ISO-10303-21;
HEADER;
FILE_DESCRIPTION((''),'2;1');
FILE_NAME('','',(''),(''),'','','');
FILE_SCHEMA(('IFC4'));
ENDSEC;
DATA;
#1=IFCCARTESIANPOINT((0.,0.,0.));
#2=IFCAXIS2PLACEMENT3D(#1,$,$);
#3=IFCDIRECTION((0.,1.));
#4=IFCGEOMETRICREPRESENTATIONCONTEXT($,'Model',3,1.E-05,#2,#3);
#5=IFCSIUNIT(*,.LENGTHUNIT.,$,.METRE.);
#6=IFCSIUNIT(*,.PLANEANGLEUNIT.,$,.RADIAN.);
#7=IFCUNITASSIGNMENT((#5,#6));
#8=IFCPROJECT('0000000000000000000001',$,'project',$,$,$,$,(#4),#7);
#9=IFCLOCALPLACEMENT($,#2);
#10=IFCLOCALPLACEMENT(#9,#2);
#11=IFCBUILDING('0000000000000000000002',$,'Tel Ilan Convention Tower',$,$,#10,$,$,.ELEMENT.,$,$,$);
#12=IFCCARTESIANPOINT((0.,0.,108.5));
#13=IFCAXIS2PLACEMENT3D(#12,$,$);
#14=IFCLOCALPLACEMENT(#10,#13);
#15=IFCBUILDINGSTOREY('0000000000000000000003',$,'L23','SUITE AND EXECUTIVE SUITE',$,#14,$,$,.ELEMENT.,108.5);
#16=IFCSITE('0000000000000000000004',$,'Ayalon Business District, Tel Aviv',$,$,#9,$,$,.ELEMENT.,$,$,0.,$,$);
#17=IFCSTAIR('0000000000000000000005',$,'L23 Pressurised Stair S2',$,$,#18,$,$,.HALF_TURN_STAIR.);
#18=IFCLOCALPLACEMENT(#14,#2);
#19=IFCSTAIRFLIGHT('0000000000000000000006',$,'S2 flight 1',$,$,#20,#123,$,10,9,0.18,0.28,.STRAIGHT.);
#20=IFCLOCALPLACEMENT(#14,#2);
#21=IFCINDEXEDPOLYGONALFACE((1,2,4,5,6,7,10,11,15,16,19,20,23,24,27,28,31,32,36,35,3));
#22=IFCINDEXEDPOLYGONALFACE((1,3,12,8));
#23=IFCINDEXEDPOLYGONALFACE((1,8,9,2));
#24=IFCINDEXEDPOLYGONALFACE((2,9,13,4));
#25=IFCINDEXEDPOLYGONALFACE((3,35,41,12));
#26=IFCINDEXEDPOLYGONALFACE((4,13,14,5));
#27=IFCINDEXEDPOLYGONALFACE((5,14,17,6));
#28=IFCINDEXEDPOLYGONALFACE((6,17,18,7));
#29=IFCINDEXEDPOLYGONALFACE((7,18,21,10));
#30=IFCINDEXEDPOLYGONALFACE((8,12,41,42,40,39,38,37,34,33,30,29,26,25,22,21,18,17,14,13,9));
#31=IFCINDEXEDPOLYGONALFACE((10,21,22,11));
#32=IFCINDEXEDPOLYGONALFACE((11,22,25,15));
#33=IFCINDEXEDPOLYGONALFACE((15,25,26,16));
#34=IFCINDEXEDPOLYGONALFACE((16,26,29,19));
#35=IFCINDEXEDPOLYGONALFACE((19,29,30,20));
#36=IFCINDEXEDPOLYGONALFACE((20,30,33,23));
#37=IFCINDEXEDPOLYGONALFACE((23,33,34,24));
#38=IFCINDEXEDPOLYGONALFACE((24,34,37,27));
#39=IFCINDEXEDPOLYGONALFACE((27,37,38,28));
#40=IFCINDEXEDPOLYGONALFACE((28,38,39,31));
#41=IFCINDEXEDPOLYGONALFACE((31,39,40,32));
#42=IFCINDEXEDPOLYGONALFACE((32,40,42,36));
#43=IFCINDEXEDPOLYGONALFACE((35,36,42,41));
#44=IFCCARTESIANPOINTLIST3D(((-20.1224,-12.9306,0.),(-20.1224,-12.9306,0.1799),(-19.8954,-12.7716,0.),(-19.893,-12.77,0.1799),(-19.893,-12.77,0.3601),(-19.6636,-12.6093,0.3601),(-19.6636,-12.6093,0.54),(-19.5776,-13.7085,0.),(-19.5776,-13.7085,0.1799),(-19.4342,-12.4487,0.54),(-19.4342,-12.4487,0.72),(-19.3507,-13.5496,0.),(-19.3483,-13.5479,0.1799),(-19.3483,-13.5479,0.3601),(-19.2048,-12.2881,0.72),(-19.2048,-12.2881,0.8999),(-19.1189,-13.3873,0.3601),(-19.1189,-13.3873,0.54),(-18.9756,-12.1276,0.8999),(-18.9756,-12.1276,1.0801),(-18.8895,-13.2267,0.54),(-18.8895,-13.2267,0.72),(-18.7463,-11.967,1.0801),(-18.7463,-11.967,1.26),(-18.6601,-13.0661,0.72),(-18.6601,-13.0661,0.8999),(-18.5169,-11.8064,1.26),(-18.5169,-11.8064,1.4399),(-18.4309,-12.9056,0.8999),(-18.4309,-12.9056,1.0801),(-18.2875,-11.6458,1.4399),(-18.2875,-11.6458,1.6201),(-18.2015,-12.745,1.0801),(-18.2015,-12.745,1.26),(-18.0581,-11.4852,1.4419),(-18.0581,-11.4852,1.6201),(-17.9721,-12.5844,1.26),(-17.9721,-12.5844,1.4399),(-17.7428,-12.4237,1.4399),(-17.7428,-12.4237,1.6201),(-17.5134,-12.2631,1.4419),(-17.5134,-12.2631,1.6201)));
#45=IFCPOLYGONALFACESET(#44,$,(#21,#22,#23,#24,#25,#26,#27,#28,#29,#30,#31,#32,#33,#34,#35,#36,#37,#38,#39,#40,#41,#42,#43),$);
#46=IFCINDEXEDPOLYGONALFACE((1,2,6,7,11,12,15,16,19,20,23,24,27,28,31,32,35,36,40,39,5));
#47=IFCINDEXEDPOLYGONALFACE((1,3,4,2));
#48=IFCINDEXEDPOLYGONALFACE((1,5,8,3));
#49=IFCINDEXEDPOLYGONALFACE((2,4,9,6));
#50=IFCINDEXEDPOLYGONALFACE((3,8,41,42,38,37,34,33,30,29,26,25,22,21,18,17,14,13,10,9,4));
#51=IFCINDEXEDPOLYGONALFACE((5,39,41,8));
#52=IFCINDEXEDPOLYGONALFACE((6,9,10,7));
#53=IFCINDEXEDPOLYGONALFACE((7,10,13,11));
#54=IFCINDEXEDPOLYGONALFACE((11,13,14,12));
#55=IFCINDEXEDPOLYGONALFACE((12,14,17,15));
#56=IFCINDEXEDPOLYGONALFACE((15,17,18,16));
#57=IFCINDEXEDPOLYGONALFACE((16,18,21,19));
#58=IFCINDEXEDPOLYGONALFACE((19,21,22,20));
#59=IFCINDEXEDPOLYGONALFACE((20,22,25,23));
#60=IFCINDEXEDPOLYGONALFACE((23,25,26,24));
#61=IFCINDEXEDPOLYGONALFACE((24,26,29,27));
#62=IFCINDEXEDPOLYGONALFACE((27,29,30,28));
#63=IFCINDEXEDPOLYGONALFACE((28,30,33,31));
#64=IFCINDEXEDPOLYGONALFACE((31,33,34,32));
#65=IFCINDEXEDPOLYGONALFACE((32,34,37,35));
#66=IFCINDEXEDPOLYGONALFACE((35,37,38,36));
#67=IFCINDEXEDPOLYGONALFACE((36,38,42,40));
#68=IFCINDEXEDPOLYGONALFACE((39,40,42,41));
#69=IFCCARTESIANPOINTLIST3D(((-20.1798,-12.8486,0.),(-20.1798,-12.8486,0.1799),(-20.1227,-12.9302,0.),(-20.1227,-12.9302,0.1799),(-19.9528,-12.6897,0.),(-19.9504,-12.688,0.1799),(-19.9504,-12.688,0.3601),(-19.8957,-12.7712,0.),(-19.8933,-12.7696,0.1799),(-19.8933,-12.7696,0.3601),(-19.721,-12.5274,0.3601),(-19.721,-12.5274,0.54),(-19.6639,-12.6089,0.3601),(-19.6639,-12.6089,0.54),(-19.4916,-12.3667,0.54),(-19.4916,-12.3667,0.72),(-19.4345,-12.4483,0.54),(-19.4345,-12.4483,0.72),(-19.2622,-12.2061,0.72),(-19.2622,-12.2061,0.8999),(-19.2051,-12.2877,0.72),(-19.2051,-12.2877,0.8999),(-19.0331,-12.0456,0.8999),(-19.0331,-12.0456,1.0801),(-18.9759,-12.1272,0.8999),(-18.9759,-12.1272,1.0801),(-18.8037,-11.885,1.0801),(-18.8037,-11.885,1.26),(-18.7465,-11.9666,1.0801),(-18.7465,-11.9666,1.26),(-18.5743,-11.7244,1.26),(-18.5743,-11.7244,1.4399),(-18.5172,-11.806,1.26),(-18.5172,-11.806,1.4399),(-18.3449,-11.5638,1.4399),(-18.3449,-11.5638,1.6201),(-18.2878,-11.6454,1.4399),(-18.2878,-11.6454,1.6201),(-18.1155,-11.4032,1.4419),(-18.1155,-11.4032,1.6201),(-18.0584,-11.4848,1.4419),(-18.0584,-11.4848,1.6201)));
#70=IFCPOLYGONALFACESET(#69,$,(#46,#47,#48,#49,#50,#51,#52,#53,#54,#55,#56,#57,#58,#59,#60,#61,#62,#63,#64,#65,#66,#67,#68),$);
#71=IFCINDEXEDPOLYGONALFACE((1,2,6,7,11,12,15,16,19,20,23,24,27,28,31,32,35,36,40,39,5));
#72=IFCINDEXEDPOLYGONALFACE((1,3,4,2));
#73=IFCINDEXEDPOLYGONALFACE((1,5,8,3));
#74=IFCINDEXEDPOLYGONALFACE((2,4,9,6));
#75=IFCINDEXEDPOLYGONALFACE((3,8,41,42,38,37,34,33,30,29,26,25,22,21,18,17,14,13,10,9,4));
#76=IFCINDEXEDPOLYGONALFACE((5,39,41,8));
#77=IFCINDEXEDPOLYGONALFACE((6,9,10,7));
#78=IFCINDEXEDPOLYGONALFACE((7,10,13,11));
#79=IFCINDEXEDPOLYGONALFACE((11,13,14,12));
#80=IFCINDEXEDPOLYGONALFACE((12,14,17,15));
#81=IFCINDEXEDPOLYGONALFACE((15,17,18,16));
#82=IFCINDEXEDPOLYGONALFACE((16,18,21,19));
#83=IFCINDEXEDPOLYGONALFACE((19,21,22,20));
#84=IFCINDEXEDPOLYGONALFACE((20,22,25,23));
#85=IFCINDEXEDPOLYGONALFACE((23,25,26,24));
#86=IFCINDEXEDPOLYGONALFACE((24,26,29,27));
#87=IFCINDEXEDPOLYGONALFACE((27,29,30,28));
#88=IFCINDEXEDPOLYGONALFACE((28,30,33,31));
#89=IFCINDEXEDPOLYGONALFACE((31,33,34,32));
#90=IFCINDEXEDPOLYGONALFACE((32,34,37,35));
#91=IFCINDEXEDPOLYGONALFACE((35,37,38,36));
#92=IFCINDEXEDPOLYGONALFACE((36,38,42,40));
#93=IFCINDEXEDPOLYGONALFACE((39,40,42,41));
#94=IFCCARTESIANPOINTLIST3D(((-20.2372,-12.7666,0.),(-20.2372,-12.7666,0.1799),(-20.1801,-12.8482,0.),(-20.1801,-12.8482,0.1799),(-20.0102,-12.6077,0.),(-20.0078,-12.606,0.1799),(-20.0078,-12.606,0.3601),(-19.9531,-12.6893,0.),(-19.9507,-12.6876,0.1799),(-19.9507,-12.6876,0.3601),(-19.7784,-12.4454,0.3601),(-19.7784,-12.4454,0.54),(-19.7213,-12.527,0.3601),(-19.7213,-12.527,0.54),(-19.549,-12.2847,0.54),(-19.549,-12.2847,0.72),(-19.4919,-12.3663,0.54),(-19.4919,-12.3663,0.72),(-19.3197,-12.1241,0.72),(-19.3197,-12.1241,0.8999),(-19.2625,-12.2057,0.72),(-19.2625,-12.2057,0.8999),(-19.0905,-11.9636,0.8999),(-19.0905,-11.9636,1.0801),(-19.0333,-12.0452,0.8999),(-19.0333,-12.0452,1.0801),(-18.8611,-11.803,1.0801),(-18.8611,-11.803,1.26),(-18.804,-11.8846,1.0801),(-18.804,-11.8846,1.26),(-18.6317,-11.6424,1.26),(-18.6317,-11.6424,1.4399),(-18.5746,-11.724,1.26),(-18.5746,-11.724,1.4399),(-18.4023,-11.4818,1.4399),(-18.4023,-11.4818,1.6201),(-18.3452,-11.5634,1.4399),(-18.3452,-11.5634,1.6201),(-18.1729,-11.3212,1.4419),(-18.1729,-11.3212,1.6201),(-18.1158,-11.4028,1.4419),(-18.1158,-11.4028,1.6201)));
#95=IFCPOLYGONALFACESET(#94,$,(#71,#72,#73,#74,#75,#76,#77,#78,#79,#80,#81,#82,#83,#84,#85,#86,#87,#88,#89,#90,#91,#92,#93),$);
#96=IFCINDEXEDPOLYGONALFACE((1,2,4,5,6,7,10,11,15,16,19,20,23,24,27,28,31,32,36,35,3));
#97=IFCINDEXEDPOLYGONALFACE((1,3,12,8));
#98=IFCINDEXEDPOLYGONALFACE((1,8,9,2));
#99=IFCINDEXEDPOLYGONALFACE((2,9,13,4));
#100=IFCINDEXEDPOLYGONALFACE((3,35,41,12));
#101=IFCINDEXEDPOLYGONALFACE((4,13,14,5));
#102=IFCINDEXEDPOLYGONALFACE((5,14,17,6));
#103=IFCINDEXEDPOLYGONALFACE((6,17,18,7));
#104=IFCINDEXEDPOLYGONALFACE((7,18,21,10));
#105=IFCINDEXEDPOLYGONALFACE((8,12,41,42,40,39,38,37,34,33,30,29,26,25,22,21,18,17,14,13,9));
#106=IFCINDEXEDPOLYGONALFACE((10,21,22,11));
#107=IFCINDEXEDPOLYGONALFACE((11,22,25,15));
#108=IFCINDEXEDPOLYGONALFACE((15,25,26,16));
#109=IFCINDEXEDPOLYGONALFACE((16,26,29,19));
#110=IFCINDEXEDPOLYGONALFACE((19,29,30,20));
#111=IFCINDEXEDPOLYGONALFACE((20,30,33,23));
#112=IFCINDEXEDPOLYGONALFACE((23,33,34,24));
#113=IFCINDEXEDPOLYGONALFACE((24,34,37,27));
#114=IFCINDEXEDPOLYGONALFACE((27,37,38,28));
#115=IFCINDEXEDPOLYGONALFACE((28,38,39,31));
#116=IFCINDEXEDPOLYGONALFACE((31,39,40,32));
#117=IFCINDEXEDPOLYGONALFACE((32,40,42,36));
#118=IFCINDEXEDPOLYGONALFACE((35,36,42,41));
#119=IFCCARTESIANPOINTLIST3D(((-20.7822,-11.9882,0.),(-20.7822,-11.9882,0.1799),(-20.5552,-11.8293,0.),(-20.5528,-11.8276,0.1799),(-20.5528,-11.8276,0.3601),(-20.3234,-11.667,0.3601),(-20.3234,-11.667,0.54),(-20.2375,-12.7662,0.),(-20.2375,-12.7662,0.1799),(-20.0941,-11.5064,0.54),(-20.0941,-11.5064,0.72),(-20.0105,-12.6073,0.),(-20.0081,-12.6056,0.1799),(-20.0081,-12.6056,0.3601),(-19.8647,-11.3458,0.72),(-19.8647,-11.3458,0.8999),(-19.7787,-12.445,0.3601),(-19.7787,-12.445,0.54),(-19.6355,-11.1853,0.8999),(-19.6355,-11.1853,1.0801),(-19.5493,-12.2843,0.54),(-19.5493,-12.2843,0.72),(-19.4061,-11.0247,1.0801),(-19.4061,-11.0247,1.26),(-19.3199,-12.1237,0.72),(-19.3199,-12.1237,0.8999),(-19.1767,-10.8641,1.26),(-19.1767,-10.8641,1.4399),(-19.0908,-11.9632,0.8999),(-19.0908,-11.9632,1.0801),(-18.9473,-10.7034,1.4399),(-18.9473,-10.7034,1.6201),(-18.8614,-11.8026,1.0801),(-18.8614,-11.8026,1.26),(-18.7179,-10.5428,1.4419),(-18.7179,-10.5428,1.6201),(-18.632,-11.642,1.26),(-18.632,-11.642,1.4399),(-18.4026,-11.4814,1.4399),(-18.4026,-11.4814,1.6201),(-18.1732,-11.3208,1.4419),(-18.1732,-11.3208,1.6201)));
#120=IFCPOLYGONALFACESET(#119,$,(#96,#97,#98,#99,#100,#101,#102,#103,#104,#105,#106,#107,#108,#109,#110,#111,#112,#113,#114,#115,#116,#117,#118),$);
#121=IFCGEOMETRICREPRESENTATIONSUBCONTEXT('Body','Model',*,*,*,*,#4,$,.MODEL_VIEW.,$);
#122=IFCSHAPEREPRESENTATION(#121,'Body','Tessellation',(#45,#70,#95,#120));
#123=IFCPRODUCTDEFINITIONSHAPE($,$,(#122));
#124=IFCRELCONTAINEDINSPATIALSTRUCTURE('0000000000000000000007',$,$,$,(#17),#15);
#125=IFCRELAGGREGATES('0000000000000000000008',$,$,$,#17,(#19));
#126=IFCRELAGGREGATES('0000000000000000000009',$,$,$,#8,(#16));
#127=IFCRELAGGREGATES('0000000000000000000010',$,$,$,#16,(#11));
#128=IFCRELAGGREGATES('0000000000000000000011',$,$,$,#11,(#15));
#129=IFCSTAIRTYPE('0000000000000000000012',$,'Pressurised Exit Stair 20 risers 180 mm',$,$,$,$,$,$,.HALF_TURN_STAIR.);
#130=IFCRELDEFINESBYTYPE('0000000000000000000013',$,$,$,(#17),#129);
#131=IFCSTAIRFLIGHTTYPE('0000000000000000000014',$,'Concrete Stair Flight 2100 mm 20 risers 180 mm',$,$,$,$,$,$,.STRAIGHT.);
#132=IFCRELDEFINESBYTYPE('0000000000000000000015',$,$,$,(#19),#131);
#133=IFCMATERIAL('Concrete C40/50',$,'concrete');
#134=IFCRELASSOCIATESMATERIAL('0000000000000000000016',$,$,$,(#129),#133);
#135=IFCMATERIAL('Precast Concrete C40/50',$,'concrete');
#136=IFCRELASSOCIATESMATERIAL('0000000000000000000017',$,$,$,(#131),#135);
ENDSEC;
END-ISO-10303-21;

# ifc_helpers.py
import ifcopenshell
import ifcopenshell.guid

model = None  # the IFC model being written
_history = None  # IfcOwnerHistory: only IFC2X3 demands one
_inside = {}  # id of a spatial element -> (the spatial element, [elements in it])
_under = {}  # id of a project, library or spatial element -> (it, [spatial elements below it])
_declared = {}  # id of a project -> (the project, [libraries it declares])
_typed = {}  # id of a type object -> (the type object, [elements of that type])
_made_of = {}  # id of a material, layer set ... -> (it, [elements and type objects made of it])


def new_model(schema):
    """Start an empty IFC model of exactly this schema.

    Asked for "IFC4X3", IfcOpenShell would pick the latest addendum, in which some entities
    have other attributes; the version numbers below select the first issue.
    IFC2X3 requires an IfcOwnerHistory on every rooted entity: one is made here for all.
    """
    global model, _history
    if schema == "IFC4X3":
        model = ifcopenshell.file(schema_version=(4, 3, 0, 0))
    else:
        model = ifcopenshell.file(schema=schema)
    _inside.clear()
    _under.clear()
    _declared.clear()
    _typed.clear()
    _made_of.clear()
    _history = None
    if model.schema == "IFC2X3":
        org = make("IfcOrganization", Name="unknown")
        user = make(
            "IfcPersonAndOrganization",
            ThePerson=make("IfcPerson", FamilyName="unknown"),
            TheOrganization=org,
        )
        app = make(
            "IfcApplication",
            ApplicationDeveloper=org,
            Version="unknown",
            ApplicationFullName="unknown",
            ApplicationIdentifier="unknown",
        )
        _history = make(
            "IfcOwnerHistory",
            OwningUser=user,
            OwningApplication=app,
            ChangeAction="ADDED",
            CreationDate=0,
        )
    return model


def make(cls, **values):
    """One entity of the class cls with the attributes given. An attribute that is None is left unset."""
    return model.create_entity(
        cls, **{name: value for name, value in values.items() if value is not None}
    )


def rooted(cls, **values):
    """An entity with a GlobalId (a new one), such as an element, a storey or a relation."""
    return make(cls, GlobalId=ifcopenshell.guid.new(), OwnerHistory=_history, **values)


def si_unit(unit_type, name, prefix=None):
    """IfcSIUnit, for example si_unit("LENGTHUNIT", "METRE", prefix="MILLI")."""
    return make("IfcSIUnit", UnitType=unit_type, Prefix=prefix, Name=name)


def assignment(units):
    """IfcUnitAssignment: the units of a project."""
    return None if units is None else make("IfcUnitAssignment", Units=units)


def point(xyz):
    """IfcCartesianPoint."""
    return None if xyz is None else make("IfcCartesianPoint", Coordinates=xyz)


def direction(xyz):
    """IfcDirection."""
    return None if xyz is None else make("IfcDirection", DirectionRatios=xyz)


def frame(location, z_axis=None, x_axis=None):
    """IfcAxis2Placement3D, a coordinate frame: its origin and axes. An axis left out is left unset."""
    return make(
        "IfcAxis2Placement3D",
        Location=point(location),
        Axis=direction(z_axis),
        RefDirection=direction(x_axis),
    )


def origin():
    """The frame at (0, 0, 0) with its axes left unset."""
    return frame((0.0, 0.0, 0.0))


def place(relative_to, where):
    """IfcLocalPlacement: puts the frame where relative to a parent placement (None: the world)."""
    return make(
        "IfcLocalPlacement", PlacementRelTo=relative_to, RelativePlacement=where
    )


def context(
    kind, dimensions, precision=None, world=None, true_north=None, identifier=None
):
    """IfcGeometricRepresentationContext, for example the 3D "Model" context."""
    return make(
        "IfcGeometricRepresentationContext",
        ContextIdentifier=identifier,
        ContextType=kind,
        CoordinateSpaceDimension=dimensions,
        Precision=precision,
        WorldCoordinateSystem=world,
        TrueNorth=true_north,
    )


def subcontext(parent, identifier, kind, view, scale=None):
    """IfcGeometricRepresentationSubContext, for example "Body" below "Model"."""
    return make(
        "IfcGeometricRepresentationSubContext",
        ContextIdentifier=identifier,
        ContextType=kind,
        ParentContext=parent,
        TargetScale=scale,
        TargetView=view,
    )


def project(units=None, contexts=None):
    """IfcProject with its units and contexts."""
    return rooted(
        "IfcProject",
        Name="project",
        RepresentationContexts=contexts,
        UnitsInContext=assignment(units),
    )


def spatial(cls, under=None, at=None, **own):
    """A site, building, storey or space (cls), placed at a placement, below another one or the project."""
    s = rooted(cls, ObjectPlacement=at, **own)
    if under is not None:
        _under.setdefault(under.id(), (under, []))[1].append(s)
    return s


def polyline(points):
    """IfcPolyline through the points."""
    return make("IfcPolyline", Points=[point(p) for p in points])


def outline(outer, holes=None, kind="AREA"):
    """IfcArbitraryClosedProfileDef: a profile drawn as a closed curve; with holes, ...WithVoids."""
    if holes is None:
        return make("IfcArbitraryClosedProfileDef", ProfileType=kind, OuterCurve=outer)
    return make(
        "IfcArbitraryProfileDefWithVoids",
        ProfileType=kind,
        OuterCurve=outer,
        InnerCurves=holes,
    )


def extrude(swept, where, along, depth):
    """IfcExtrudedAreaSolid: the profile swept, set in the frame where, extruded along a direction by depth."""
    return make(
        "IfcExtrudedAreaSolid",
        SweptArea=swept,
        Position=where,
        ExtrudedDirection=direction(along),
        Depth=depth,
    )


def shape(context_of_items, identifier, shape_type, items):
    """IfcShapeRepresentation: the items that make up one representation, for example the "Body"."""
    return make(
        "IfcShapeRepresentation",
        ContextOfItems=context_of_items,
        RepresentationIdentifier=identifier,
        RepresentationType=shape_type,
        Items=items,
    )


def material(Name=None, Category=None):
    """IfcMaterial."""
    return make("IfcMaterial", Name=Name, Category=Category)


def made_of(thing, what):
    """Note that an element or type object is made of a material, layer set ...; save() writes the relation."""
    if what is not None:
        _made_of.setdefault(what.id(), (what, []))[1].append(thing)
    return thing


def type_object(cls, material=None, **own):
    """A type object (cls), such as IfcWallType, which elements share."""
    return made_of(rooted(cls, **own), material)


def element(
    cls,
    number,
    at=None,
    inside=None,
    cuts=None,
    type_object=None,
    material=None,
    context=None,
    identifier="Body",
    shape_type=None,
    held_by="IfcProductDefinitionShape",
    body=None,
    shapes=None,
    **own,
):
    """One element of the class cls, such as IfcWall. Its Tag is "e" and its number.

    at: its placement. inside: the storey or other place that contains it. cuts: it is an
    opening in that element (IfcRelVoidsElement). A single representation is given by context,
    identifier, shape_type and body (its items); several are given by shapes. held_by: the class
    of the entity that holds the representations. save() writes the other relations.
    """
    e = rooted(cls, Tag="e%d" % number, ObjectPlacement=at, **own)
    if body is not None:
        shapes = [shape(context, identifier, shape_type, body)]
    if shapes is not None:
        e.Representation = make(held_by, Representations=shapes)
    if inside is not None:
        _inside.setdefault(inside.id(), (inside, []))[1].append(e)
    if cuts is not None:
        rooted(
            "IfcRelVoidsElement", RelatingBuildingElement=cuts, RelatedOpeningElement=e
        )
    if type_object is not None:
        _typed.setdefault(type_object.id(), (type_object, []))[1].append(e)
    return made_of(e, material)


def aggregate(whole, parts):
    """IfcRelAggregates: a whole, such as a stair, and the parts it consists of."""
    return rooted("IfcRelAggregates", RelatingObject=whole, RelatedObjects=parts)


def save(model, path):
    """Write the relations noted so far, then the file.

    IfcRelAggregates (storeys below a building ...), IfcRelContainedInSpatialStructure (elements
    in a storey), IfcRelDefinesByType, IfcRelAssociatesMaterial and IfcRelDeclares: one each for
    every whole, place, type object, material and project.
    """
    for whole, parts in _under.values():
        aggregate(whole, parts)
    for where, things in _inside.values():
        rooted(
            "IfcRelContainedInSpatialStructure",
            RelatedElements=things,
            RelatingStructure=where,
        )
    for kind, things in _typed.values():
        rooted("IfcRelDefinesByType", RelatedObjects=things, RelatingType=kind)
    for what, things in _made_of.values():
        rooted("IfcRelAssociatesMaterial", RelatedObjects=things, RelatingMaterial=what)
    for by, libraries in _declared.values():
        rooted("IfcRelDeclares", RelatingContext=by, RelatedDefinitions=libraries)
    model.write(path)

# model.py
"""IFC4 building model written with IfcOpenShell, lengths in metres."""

from ifc_helpers import new_model, si_unit, direction, frame, origin, place, context, subcontext, project, spatial, polyline, outline, extrude, material, type_object, element, aggregate, save


model = new_model("IFC4")

# Units and contexts
model_context = context("Model", 3, precision=1e-05, world=origin(), true_north=direction((0.0, 1.0)))
body_context = subcontext(model_context, "Body", "Model", "MODEL_VIEW")
ifc_project = project(units=[si_unit("LENGTHUNIT", "METRE"), si_unit("PLANEANGLEUNIT", "RADIAN")], contexts=[model_context])

# Site, building, storey
site_placement = place(None, origin())
site = spatial("IfcSite", under=ifc_project, at=site_placement, Name="Ayalon Business District, Tel Aviv", CompositionType="ELEMENT", RefElevation=0.0)
building_placement = place(site_placement, origin())
building = spatial("IfcBuilding", under=site, at=building_placement, Name="Tel Ilan Convention Tower", CompositionType="ELEMENT")
storey_placement = place(building_placement, frame((0.0, 0.0, 108.5)))
storey = spatial("IfcBuildingStorey", under=building, at=storey_placement, Name="L23", Description="SUITE AND EXECUTIVE SUITE", CompositionType="ELEMENT", Elevation=108.5)

# Stair, stair flight
ifc_material_1 = material(Name="Concrete C40/50", Category="concrete")
stair_type = type_object("IfcStairType", Name="Pressurised Exit Stair 20 risers 180 mm", PredefinedType="HALF_TURN_STAIR", material=ifc_material_1)
ifc_material_2 = material(Name="Precast Concrete C40/50", Category="concrete")
stair_flight_type = type_object("IfcStairFlightType", Name="Concrete Stair Flight 2100 mm 20 risers 180 mm", PredefinedType="STRAIGHT", material=ifc_material_2)
stair_1_placement = place(storey_placement, origin())
stair_1 = element("IfcStair", 1, at=stair_1_placement, inside=storey, type_object=stair_type, Name="L23 Pressurised Stair S2", PredefinedType="HALF_TURN_STAIR")
stair_flight_1_placement = place(storey_placement, frame((-20.1799, -12.8484, 0.0), z_axis=(0.0, 0.0, 1.0), x_axis=(0.819152, 0.573576, 0.0)))
stair_flight_1 = element("IfcStairFlight", 2, at=stair_flight_1_placement, type_object=stair_flight_type, Name="S2 flight 1", NumberOfRisers=10, NumberOfTreads=9, PredefinedType="STRAIGHT", RiserHeight=0.18, TreadLength=0.28, context=body_context, shape_type="SweptSolid", body=[
    extrude(outline(polyline([(0.0, 0.0), (0.0, 0.1799), (0.28, 0.1799), (0.28, 0.3601), (0.5601, 0.3601), (0.5601, 0.54), (0.8401, 0.54), (0.8401, 0.72), (1.1201, 0.72), (1.1201, 0.8999), (1.3999, 0.8999), (1.3999, 1.0801), (1.6799, 1.0801), (1.6799, 1.26), (1.96, 1.26), (1.96, 1.4399), (2.24, 1.4399), (2.24, 1.6201), (2.52, 1.6201), (2.52, 1.8), (2.52, 1.4419), (0.2771, 0.0), (0.0, 0.0)])), frame((0.0, -0.1003, 0.0), z_axis=(0.0, -1.0, 0.0), x_axis=(1.0, 0.0, 0.0)), (0.0, 0.0, 1.0), 0.9497),
    extrude(outline(polyline([(0.0, 0.0), (0.0, 0.1799), (0.28, 0.1799), (0.28, 0.3601), (0.5601, 0.3601), (0.5601, 0.54), (0.8401, 0.54), (0.8401, 0.72), (1.1201, 0.72), (1.1201, 0.8999), (1.3999, 0.8999), (1.3999, 1.0801), (1.6799, 1.0801), (1.6799, 1.26), (1.96, 1.26), (1.96, 1.4399), (2.24, 1.4399), (2.24, 1.6201), (2.52, 1.6201), (2.52, 1.8), (2.52, 1.4419), (0.2771, 0.0), (0.0, 0.0)])), frame((0.0, -0.0002, 0.0), z_axis=(0.0, -1.0, 0.0), x_axis=(1.0, 0.0, 0.0)), (0.0, 0.0, 1.0), 0.0996),
    extrude(outline(polyline([(0.0, 0.0), (0.0, 0.1799), (0.28, 0.1799), (0.28, 0.3601), (0.5601, 0.3601), (0.5601, 0.54), (0.8401, 0.54), (0.8401, 0.72), (1.1201, 0.72), (1.1201, 0.8999), (1.3999, 0.8999), (1.3999, 1.0801), (1.6799, 1.0801), (1.6799, 1.26), (1.96, 1.26), (1.96, 1.4399), (2.24, 1.4399), (2.24, 1.6201), (2.52, 1.6201), (2.52, 1.8), (2.52, 1.4419), (0.2771, 0.0), (0.0, 0.0)])), frame((0.0, 0.0999, 0.0), z_axis=(0.0, -1.0, 0.0), x_axis=(1.0, 0.0, 0.0)), (0.0, 0.0, 1.0), 0.0996),
    extrude(outline(polyline([(0.0, 0.0), (0.0, 0.1799), (0.28, 0.1799), (0.28, 0.3601), (0.5601, 0.3601), (0.5601, 0.54), (0.8401, 0.54), (0.8401, 0.72), (1.1201, 0.72), (1.1201, 0.8999), (1.3999, 0.8999), (1.3999, 1.0801), (1.6799, 1.0801), (1.6799, 1.26), (1.96, 1.26), (1.96, 1.4399), (2.24, 1.4399), (2.24, 1.6201), (2.52, 1.6201), (2.52, 1.8), (2.52, 1.4419), (0.2771, 0.0), (0.0, 0.0)])), frame((0.0, 1.05, 0.0), z_axis=(0.0, -1.0, 0.0), x_axis=(1.0, 0.0, 0.0)), (0.0, 0.0, 1.0), 0.9497),
])
aggregate(stair_1, [stair_flight_1])

save(model, "model.ifc")
